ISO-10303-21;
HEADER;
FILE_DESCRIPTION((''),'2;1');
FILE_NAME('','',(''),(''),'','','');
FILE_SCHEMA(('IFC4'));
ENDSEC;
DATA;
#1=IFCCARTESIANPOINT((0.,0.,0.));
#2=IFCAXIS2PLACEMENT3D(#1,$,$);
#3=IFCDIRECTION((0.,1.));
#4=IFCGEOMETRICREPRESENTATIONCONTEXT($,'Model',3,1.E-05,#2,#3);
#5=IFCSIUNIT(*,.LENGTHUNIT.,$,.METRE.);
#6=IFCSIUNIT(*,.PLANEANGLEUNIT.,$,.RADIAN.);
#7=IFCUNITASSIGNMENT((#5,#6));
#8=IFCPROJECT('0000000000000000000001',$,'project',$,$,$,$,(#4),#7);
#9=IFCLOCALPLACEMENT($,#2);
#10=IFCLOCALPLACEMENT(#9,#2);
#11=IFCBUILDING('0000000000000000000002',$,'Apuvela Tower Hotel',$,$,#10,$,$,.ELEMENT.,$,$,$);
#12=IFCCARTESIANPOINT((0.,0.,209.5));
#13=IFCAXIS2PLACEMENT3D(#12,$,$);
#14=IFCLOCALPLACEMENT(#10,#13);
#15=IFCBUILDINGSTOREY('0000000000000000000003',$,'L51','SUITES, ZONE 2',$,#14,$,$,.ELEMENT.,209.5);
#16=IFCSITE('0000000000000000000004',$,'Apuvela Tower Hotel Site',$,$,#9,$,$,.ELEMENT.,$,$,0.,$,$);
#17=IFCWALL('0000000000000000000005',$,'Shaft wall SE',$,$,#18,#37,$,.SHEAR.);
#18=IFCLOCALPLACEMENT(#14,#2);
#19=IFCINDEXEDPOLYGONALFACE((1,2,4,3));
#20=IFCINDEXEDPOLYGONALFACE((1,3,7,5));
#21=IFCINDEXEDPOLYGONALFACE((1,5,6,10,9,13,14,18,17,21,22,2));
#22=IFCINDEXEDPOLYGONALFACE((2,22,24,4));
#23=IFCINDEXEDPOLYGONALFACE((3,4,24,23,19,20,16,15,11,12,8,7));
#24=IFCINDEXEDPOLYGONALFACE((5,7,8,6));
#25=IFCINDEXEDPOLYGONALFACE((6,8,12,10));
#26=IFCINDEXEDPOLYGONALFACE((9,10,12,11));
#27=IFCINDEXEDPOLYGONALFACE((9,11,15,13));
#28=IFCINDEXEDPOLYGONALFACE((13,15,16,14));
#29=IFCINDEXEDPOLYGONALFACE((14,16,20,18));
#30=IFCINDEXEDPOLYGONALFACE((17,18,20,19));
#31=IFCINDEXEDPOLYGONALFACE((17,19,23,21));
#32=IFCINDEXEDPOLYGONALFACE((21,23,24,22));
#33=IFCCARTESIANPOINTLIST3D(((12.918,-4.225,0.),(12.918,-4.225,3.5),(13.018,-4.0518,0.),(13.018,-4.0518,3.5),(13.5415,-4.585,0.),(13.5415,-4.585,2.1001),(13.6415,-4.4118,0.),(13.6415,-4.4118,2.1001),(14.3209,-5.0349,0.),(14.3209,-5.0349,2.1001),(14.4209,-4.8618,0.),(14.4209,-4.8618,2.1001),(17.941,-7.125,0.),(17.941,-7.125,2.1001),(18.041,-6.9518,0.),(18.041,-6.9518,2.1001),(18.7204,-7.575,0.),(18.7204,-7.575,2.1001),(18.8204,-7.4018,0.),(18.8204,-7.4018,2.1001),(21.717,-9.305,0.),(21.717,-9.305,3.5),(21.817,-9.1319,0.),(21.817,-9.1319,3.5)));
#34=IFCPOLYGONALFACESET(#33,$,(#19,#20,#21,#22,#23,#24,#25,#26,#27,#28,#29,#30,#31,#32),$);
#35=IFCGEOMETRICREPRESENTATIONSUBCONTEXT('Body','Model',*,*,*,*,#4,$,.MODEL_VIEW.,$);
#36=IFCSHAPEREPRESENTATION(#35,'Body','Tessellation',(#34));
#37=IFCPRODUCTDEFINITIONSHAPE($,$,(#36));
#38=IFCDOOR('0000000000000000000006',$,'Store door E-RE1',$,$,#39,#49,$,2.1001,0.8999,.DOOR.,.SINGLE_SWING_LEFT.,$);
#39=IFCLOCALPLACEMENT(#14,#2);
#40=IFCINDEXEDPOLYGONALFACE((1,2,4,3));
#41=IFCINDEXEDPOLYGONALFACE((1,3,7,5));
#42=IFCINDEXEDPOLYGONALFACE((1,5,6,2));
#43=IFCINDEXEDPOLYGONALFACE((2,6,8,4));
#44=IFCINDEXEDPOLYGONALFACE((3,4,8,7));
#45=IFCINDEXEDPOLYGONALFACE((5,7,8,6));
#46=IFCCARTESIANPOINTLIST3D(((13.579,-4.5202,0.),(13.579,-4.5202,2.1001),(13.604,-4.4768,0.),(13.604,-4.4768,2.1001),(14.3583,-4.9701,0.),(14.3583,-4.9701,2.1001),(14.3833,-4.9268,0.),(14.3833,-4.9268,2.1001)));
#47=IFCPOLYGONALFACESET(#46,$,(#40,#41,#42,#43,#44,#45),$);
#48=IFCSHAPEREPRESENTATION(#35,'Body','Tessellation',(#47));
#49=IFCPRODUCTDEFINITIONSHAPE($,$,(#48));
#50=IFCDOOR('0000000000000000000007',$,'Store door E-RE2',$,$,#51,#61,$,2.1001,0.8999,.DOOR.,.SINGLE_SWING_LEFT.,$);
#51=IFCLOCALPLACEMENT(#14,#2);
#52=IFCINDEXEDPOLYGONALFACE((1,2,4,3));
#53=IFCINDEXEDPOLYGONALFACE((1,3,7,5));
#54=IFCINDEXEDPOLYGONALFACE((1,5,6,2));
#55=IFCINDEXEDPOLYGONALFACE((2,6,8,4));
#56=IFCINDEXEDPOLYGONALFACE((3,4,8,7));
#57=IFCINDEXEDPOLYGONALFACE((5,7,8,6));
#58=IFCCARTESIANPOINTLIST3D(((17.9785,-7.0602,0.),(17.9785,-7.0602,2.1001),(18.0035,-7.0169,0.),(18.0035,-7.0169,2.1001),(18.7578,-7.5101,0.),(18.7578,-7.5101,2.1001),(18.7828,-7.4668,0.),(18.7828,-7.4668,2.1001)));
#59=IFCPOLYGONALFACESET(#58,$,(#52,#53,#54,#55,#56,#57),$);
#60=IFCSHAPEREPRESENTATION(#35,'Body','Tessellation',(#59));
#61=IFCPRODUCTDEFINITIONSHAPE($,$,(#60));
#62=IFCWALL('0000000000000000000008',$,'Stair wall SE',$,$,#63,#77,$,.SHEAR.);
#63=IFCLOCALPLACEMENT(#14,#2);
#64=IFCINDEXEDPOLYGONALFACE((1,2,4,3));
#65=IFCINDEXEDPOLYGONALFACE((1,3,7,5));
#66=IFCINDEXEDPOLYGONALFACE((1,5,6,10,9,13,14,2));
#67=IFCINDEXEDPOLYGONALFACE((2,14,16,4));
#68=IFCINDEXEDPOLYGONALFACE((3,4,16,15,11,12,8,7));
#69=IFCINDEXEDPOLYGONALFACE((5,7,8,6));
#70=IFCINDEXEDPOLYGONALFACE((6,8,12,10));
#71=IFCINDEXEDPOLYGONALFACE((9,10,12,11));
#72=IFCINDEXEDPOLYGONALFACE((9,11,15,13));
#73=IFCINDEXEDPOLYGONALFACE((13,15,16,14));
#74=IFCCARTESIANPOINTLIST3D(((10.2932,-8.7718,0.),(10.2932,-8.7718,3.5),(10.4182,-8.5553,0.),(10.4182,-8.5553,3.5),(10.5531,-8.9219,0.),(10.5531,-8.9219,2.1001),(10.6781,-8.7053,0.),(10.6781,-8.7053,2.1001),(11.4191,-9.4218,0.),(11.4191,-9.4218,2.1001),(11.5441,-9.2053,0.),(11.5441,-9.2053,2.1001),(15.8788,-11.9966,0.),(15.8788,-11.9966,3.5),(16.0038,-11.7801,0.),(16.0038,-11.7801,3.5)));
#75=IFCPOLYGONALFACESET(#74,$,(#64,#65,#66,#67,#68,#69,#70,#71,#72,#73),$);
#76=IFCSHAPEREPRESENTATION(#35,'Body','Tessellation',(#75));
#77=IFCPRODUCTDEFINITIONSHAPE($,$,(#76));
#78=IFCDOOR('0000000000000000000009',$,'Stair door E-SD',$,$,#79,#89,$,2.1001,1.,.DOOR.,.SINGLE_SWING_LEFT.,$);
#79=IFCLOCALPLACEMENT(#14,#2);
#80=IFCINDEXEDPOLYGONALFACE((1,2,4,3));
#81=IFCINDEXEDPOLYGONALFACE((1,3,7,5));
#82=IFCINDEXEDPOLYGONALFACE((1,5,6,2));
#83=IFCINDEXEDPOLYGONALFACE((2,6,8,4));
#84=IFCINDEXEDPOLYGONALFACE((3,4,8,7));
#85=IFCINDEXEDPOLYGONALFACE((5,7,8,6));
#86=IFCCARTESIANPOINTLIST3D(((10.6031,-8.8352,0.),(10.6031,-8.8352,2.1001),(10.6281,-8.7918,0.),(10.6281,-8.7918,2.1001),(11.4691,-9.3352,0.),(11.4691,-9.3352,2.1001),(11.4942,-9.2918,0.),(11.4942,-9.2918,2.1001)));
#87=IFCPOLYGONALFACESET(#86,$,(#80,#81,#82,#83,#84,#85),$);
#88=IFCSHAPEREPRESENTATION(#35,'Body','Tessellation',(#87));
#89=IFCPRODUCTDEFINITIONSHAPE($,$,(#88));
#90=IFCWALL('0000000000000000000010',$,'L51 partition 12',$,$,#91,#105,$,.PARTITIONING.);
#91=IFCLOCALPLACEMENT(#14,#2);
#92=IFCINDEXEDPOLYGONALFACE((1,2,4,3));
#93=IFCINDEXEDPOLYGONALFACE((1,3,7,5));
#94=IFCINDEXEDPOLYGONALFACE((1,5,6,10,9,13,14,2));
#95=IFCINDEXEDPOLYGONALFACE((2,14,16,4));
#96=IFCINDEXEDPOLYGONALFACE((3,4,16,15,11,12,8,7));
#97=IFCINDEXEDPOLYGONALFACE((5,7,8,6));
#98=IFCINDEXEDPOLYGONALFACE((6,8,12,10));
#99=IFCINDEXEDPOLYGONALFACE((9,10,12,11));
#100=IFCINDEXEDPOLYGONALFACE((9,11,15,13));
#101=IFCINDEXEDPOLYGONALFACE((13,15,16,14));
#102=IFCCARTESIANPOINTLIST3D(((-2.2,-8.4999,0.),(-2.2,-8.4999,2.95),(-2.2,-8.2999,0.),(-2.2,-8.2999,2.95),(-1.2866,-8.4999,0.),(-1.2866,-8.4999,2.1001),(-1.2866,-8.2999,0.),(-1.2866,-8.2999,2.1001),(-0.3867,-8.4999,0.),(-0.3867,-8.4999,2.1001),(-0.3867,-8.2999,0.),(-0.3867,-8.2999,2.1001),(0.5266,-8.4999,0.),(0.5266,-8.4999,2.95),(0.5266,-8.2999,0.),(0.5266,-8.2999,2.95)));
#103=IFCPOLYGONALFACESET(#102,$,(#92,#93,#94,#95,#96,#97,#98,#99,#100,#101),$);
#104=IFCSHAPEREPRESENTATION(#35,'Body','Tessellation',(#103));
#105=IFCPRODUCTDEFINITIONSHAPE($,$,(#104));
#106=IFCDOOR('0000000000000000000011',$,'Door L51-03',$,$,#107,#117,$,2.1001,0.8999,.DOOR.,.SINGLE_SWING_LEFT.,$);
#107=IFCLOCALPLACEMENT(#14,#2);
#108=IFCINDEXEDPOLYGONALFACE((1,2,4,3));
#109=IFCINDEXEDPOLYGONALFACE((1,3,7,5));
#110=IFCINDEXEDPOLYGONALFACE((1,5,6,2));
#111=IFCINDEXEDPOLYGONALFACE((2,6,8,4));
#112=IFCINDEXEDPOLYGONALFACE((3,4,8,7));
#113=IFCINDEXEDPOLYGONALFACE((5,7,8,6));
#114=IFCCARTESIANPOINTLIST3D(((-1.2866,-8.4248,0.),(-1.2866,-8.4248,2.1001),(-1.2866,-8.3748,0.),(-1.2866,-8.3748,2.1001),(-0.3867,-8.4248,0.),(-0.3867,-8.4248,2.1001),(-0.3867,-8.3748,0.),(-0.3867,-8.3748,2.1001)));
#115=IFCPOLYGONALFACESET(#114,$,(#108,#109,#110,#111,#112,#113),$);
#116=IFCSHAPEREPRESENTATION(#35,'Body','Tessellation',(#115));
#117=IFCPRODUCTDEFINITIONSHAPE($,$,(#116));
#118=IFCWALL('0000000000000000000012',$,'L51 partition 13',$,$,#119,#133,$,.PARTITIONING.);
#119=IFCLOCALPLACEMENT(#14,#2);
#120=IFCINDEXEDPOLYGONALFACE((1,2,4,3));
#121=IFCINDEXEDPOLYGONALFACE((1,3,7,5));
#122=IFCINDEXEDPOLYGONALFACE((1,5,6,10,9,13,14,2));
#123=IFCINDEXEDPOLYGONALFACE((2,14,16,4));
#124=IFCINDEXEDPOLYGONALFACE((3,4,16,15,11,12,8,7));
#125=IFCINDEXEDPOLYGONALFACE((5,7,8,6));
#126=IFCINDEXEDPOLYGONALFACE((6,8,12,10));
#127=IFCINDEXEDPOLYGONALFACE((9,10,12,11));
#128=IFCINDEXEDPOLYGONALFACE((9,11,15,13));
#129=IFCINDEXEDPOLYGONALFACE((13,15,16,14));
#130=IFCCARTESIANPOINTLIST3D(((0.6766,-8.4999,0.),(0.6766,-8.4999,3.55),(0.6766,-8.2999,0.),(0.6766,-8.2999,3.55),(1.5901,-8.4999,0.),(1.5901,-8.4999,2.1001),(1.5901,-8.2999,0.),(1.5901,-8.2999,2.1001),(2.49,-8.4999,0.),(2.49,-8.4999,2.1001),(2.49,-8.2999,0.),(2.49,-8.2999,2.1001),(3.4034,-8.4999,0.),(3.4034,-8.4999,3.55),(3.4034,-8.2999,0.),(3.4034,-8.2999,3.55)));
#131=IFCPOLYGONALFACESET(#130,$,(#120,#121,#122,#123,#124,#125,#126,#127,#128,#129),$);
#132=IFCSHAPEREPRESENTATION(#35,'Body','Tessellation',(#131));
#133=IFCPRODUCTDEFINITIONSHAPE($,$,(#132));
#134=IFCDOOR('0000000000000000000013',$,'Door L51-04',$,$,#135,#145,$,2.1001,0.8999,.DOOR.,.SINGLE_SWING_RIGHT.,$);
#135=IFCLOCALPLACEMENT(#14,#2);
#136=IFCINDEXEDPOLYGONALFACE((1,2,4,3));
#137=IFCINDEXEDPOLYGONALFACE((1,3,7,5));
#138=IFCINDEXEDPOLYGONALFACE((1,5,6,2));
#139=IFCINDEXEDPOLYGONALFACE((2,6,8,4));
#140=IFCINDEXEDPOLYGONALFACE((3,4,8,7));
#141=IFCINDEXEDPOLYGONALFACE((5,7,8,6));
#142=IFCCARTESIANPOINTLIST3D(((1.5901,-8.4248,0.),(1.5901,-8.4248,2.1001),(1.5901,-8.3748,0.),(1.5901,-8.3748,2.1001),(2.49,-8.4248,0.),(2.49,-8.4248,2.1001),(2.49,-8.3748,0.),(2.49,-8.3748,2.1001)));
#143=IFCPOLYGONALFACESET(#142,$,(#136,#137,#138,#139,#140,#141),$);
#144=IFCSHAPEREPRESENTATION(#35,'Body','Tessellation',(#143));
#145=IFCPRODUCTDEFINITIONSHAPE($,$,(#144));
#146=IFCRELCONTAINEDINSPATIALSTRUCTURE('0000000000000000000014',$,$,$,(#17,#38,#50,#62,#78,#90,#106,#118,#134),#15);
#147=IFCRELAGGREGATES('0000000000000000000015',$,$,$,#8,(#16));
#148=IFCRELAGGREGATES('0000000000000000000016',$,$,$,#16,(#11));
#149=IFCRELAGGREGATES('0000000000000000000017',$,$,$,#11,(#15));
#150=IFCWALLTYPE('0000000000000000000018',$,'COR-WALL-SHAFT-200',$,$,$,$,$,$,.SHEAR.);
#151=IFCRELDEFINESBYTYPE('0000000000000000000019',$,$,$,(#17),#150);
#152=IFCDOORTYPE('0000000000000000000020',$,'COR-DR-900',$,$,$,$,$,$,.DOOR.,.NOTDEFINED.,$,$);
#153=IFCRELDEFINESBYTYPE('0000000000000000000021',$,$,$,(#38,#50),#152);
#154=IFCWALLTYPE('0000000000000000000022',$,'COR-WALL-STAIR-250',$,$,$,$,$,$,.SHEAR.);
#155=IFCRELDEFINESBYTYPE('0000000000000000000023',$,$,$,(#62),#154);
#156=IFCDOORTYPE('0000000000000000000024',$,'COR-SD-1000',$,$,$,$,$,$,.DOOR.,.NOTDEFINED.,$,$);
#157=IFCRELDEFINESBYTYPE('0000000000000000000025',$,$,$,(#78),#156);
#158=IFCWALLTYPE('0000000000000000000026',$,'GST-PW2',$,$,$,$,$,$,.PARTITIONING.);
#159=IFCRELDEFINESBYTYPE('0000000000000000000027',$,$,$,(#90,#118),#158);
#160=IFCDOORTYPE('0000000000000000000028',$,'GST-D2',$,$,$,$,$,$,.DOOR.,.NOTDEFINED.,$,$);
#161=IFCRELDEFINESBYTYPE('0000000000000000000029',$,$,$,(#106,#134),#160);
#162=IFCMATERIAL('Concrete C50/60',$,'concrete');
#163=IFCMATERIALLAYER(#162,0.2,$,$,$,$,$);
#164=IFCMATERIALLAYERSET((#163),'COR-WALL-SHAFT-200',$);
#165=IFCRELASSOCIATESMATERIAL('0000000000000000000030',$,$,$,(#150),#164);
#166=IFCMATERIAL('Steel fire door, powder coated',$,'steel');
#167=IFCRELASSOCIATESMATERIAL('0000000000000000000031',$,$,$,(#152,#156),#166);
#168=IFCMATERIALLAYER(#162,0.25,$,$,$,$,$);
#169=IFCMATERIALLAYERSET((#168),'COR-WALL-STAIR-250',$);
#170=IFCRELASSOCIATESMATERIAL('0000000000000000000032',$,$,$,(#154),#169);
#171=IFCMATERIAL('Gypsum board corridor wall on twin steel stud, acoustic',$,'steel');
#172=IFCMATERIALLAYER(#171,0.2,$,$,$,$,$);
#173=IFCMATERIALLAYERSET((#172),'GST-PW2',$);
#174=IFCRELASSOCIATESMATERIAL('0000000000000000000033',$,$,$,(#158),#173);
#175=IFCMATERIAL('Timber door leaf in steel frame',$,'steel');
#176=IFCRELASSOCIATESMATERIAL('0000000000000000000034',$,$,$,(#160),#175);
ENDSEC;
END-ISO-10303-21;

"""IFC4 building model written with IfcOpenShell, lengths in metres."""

from ifc_helpers import new_model, si_unit, direction, frame, frame_2d, origin, place, context, subcontext, project, spatial, rectangle, extrude, material, layer, layer_set, type_object, element, fill, save


model = new_model("IFC4")

# Units and contexts
model_context = context("Model", 3, precision=1e-05, world=origin(), true_north=direction((0.0, 1.0)))
body_context = subcontext(model_context, "Body", "Model", "MODEL_VIEW")
ifc_project = project(units=[si_unit("LENGTHUNIT", "METRE"), si_unit("PLANEANGLEUNIT", "RADIAN")], contexts=[model_context])

# Site, building, storey
site_placement = place(None, origin())
site = spatial("IfcSite", under=ifc_project, at=site_placement, Name="Apuvela Tower Hotel Site", CompositionType="ELEMENT", RefElevation=0.0)
building_placement = place(site_placement, origin())
building = spatial("IfcBuilding", under=site, at=building_placement, Name="Apuvela Tower Hotel", CompositionType="ELEMENT")
storey_placement = place(building_placement, frame((0.0, 0.0, 209.5)))
storey = spatial("IfcBuildingStorey", under=building, at=storey_placement, Name="L51", Description="SUITES, ZONE 2", CompositionType="ELEMENT", Elevation=209.5)

# Shared definitions
ifc_material_1 = material(Name="Concrete C50/60", Category="concrete")
ifc_material_2 = material(Name="Steel fire door, powder coated", Category="steel")

# Shared definitions
ifc_layer_1 = layer(ifc_material_1, 0.2)
ifc_layer_set_1 = layer_set([ifc_layer_1], Name="COR-WALL-SHAFT-200")
wall_type_1 = type_object("IfcWallType", Name="COR-WALL-SHAFT-200", PredefinedType="SHEAR", material=ifc_layer_set_1)

# Wall, openings, doors
wall_1_placement = place(storey_placement, frame((12.968, -4.1384, 0.0), z_axis=(0.0, 0.0, 1.0), x_axis=(0.866028, -0.499995, 0.0)))
wall_1 = element("IfcWall", 1, at=wall_1_placement, inside=storey, type_object=wall_type_1, Name="Shaft wall SE", PredefinedType="SHEAR", context=body_context, shape_type="SweptSolid", body=[
    extrude(rectangle(XDim=10.1602, YDim=0.2, at=frame_2d((5.0801, 0.0))), origin(), (0.0, 0.0, 1.0), 3.5),
])
opening_1_placement = place(wall_1_placement, frame((0.72, 0.0, 0.0)))
opening_1 = element("IfcOpeningElement", 2, at=opening_1_placement, cuts=wall_1, PredefinedType="OPENING", context=body_context, shape_type="SweptSolid", body=[
    extrude(rectangle(XDim=0.8999, YDim=2.1001, at=frame_2d((0.45, 1.05))), frame((0.0, 0.1099, 0.0), z_axis=(0.0, -1.0, 0.0), x_axis=(1.0, 0.0, 0.0)), (0.0, 0.0, 1.0), 0.22),
])
opening_2_placement = place(wall_1_placement, frame((5.8, 0.0, 0.0)))
opening_2 = element("IfcOpeningElement", 3, at=opening_2_placement, cuts=wall_1, PredefinedType="OPENING", context=body_context, shape_type="SweptSolid", body=[
    extrude(rectangle(XDim=0.8999, YDim=2.1001, at=frame_2d((0.45, 1.05))), frame((0.0, 0.1099, 0.0), z_axis=(0.0, -1.0, 0.0), x_axis=(1.0, 0.0, 0.0)), (0.0, 0.0, 1.0), 0.22),
])
door_type_1 = type_object("IfcDoorType", Name="COR-DR-900", OperationType="NOTDEFINED", PredefinedType="DOOR", material=ifc_material_2)
door_1_placement = place(opening_1_placement, origin())
door_1 = element("IfcDoor", 4, at=door_1_placement, inside=storey, type_object=door_type_1, Name="Store door E-RE1", OperationType="SINGLE_SWING_LEFT", OverallHeight=2.1001, OverallWidth=0.8999, PredefinedType="DOOR", context=body_context, shape_type="SweptSolid", body=[
    extrude(rectangle(XDim=0.8999, YDim=2.1001, at=frame_2d((0.45, 1.05))), frame((0.0, 0.0249, 0.0), z_axis=(0.0, -1.0, 0.0), x_axis=(1.0, 0.0, 0.0)), (0.0, 0.0, 1.0), 0.05),
])
fill(opening_1, door_1)
door_2_placement = place(opening_2_placement, origin())
door_2 = element("IfcDoor", 5, at=door_2_placement, inside=storey, type_object=door_type_1, Name="Store door E-RE2", OperationType="SINGLE_SWING_LEFT", OverallHeight=2.1001, OverallWidth=0.8999, PredefinedType="DOOR", context=body_context, shape_type="SweptSolid", body=[
    extrude(rectangle(XDim=0.8999, YDim=2.1001, at=frame_2d((0.45, 1.05))), frame((0.0, 0.0249, 0.0), z_axis=(0.0, -1.0, 0.0), x_axis=(1.0, 0.0, 0.0)), (0.0, 0.0, 1.0), 0.05),
])
fill(opening_2, door_2)

# Walls, openings, doors
ifc_layer_2 = layer(ifc_material_1, 0.25)
ifc_layer_set_2 = layer_set([ifc_layer_2], Name="COR-WALL-STAIR-250")
wall_type_2 = type_object("IfcWallType", Name="COR-WALL-STAIR-250", PredefinedType="SHEAR", material=ifc_layer_set_2)
wall_2_placement = place(storey_placement, frame((10.3557, -8.6636, 0.0), z_axis=(0.0, 0.0, 1.0), x_axis=(0.866029, -0.499994, 0.0)))
wall_2 = element("IfcWall", 6, at=wall_2_placement, inside=storey, type_object=wall_type_2, Name="Stair wall SE", PredefinedType="SHEAR", context=body_context, shape_type="SweptSolid", body=[
    extrude(rectangle(XDim=6.4497, YDim=0.25, at=frame_2d((3.2249, 0.0))), origin(), (0.0, 0.0, 1.0), 3.5),
])
opening_3_placement = place(wall_2_placement, frame((0.3, 0.0, 0.0)))
opening_3 = element("IfcOpeningElement", 7, at=opening_3_placement, cuts=wall_2, PredefinedType="OPENING", context=body_context, shape_type="SweptSolid", body=[
    extrude(rectangle(XDim=1.0, YDim=2.1001, at=frame_2d((0.5, 1.05))), frame((0.0, 0.135, 0.0), z_axis=(0.0, -1.0, 0.0), x_axis=(1.0, 0.0, 0.0)), (0.0, 0.0, 1.0), 0.27),
])
door_type_2 = type_object("IfcDoorType", Name="COR-SD-1000", OperationType="NOTDEFINED", PredefinedType="DOOR", material=ifc_material_2)
door_3_placement = place(opening_3_placement, frame((1.0, 0.0, 0.0), z_axis=(0.0, 0.0, 1.0), x_axis=(-1.0, 0.0, 0.0)))
door_3 = element("IfcDoor", 8, at=door_3_placement, inside=storey, type_object=door_type_2, Name="Stair door E-SD", OperationType="SINGLE_SWING_LEFT", OverallHeight=2.1001, OverallWidth=1.0, PredefinedType="DOOR", context=body_context, shape_type="SweptSolid", body=[
    extrude(rectangle(XDim=1.0, YDim=2.1001, at=frame_2d((0.5, 1.05))), frame((0.0, 0.0249, 0.0), z_axis=(0.0, -1.0, 0.0), x_axis=(1.0, 0.0, 0.0)), (0.0, 0.0, 1.0), 0.05),
])
fill(opening_3, door_3)
ifc_material_3 = material(Name="Gypsum board corridor wall on twin steel stud, acoustic", Category="steel")
ifc_layer_3 = layer(ifc_material_3, 0.2)
ifc_layer_set_3 = layer_set([ifc_layer_3], Name="GST-PW2")
wall_type_3 = type_object("IfcWallType", Name="GST-PW2", PredefinedType="PARTITIONING", material=ifc_layer_set_3)
wall_3_placement = place(storey_placement, frame((0.5266, -8.3999, 0.0), z_axis=(0.0, 0.0, 1.0), x_axis=(-1.0, 0.0, 0.0)))
wall_3 = element("IfcWall", 9, at=wall_3_placement, inside=storey, type_object=wall_type_3, Name="L51 partition 12", PredefinedType="PARTITIONING", context=body_context, shape_type="SweptSolid", body=[
    extrude(rectangle(XDim=2.7266, YDim=0.2, at=frame_2d((1.3633, 0.0))), origin(), (0.0, 0.0, 1.0), 2.95),
])
opening_4_placement = place(wall_3_placement, frame((0.9133, 0.0, 0.0)))
opening_4 = element("IfcOpeningElement", 10, at=opening_4_placement, cuts=wall_3, PredefinedType="OPENING", context=body_context, shape_type="SweptSolid", body=[
    extrude(rectangle(XDim=0.8999, YDim=2.1001, at=frame_2d((0.45, 1.05))), frame((0.0, 0.1099, 0.0), z_axis=(0.0, -1.0, 0.0), x_axis=(1.0, 0.0, 0.0)), (0.0, 0.0, 1.0), 0.22),
])
ifc_material_4 = material(Name="Timber door leaf in steel frame", Category="steel")
door_type_3 = type_object("IfcDoorType", Name="GST-D2", OperationType="NOTDEFINED", PredefinedType="DOOR", material=ifc_material_4)
door_4_placement = place(opening_4_placement, origin())
door_4 = element("IfcDoor", 11, at=door_4_placement, inside=storey, type_object=door_type_3, Name="Door L51-03", OperationType="SINGLE_SWING_LEFT", OverallHeight=2.1001, OverallWidth=0.8999, PredefinedType="DOOR", context=body_context, shape_type="SweptSolid", body=[
    extrude(rectangle(XDim=0.8999, YDim=2.1001, at=frame_2d((0.45, 1.05))), frame((0.0, 0.0249, 0.0), z_axis=(0.0, -1.0, 0.0), x_axis=(1.0, 0.0, 0.0)), (0.0, 0.0, 1.0), 0.05),
])
fill(opening_4, door_4)
wall_4_placement = place(storey_placement, frame((3.4033, -8.3999, 0.0), z_axis=(0.0, 0.0, 1.0), x_axis=(-1.0, 0.0, 0.0)))
wall_4 = element("IfcWall", 12, at=wall_4_placement, inside=storey, type_object=wall_type_3, Name="L51 partition 13", PredefinedType="PARTITIONING", context=body_context, shape_type="SweptSolid", body=[
    extrude(rectangle(XDim=2.7268, YDim=0.2, at=frame_2d((1.3633, 0.0))), origin(), (0.0, 0.0, 1.0), 3.55),
])
opening_5_placement = place(wall_4_placement, frame((0.9133, 0.0, 0.0)))
opening_5 = element("IfcOpeningElement", 13, at=opening_5_placement, cuts=wall_4, PredefinedType="OPENING", context=body_context, shape_type="SweptSolid", body=[
    extrude(rectangle(XDim=0.8999, YDim=2.1001, at=frame_2d((0.45, 1.05))), frame((0.0, 0.1099, 0.0), z_axis=(0.0, -1.0, 0.0), x_axis=(1.0, 0.0, 0.0)), (0.0, 0.0, 1.0), 0.22),
])
door_5_placement = place(opening_5_placement, origin())
door_5 = element("IfcDoor", 14, at=door_5_placement, inside=storey, type_object=door_type_3, Name="Door L51-04", OperationType="SINGLE_SWING_RIGHT", OverallHeight=2.1001, OverallWidth=0.8999, PredefinedType="DOOR", context=body_context, shape_type="SweptSolid", body=[
    extrude(rectangle(XDim=0.8999, YDim=2.1001, at=frame_2d((0.45, 1.05))), frame((0.0, 0.0249, 0.0), z_axis=(0.0, -1.0, 0.0), x_axis=(1.0, 0.0, 0.0)), (0.0, 0.0, 1.0), 0.05),
])
fill(opening_5, door_5)

save(model, "model.ifc")
